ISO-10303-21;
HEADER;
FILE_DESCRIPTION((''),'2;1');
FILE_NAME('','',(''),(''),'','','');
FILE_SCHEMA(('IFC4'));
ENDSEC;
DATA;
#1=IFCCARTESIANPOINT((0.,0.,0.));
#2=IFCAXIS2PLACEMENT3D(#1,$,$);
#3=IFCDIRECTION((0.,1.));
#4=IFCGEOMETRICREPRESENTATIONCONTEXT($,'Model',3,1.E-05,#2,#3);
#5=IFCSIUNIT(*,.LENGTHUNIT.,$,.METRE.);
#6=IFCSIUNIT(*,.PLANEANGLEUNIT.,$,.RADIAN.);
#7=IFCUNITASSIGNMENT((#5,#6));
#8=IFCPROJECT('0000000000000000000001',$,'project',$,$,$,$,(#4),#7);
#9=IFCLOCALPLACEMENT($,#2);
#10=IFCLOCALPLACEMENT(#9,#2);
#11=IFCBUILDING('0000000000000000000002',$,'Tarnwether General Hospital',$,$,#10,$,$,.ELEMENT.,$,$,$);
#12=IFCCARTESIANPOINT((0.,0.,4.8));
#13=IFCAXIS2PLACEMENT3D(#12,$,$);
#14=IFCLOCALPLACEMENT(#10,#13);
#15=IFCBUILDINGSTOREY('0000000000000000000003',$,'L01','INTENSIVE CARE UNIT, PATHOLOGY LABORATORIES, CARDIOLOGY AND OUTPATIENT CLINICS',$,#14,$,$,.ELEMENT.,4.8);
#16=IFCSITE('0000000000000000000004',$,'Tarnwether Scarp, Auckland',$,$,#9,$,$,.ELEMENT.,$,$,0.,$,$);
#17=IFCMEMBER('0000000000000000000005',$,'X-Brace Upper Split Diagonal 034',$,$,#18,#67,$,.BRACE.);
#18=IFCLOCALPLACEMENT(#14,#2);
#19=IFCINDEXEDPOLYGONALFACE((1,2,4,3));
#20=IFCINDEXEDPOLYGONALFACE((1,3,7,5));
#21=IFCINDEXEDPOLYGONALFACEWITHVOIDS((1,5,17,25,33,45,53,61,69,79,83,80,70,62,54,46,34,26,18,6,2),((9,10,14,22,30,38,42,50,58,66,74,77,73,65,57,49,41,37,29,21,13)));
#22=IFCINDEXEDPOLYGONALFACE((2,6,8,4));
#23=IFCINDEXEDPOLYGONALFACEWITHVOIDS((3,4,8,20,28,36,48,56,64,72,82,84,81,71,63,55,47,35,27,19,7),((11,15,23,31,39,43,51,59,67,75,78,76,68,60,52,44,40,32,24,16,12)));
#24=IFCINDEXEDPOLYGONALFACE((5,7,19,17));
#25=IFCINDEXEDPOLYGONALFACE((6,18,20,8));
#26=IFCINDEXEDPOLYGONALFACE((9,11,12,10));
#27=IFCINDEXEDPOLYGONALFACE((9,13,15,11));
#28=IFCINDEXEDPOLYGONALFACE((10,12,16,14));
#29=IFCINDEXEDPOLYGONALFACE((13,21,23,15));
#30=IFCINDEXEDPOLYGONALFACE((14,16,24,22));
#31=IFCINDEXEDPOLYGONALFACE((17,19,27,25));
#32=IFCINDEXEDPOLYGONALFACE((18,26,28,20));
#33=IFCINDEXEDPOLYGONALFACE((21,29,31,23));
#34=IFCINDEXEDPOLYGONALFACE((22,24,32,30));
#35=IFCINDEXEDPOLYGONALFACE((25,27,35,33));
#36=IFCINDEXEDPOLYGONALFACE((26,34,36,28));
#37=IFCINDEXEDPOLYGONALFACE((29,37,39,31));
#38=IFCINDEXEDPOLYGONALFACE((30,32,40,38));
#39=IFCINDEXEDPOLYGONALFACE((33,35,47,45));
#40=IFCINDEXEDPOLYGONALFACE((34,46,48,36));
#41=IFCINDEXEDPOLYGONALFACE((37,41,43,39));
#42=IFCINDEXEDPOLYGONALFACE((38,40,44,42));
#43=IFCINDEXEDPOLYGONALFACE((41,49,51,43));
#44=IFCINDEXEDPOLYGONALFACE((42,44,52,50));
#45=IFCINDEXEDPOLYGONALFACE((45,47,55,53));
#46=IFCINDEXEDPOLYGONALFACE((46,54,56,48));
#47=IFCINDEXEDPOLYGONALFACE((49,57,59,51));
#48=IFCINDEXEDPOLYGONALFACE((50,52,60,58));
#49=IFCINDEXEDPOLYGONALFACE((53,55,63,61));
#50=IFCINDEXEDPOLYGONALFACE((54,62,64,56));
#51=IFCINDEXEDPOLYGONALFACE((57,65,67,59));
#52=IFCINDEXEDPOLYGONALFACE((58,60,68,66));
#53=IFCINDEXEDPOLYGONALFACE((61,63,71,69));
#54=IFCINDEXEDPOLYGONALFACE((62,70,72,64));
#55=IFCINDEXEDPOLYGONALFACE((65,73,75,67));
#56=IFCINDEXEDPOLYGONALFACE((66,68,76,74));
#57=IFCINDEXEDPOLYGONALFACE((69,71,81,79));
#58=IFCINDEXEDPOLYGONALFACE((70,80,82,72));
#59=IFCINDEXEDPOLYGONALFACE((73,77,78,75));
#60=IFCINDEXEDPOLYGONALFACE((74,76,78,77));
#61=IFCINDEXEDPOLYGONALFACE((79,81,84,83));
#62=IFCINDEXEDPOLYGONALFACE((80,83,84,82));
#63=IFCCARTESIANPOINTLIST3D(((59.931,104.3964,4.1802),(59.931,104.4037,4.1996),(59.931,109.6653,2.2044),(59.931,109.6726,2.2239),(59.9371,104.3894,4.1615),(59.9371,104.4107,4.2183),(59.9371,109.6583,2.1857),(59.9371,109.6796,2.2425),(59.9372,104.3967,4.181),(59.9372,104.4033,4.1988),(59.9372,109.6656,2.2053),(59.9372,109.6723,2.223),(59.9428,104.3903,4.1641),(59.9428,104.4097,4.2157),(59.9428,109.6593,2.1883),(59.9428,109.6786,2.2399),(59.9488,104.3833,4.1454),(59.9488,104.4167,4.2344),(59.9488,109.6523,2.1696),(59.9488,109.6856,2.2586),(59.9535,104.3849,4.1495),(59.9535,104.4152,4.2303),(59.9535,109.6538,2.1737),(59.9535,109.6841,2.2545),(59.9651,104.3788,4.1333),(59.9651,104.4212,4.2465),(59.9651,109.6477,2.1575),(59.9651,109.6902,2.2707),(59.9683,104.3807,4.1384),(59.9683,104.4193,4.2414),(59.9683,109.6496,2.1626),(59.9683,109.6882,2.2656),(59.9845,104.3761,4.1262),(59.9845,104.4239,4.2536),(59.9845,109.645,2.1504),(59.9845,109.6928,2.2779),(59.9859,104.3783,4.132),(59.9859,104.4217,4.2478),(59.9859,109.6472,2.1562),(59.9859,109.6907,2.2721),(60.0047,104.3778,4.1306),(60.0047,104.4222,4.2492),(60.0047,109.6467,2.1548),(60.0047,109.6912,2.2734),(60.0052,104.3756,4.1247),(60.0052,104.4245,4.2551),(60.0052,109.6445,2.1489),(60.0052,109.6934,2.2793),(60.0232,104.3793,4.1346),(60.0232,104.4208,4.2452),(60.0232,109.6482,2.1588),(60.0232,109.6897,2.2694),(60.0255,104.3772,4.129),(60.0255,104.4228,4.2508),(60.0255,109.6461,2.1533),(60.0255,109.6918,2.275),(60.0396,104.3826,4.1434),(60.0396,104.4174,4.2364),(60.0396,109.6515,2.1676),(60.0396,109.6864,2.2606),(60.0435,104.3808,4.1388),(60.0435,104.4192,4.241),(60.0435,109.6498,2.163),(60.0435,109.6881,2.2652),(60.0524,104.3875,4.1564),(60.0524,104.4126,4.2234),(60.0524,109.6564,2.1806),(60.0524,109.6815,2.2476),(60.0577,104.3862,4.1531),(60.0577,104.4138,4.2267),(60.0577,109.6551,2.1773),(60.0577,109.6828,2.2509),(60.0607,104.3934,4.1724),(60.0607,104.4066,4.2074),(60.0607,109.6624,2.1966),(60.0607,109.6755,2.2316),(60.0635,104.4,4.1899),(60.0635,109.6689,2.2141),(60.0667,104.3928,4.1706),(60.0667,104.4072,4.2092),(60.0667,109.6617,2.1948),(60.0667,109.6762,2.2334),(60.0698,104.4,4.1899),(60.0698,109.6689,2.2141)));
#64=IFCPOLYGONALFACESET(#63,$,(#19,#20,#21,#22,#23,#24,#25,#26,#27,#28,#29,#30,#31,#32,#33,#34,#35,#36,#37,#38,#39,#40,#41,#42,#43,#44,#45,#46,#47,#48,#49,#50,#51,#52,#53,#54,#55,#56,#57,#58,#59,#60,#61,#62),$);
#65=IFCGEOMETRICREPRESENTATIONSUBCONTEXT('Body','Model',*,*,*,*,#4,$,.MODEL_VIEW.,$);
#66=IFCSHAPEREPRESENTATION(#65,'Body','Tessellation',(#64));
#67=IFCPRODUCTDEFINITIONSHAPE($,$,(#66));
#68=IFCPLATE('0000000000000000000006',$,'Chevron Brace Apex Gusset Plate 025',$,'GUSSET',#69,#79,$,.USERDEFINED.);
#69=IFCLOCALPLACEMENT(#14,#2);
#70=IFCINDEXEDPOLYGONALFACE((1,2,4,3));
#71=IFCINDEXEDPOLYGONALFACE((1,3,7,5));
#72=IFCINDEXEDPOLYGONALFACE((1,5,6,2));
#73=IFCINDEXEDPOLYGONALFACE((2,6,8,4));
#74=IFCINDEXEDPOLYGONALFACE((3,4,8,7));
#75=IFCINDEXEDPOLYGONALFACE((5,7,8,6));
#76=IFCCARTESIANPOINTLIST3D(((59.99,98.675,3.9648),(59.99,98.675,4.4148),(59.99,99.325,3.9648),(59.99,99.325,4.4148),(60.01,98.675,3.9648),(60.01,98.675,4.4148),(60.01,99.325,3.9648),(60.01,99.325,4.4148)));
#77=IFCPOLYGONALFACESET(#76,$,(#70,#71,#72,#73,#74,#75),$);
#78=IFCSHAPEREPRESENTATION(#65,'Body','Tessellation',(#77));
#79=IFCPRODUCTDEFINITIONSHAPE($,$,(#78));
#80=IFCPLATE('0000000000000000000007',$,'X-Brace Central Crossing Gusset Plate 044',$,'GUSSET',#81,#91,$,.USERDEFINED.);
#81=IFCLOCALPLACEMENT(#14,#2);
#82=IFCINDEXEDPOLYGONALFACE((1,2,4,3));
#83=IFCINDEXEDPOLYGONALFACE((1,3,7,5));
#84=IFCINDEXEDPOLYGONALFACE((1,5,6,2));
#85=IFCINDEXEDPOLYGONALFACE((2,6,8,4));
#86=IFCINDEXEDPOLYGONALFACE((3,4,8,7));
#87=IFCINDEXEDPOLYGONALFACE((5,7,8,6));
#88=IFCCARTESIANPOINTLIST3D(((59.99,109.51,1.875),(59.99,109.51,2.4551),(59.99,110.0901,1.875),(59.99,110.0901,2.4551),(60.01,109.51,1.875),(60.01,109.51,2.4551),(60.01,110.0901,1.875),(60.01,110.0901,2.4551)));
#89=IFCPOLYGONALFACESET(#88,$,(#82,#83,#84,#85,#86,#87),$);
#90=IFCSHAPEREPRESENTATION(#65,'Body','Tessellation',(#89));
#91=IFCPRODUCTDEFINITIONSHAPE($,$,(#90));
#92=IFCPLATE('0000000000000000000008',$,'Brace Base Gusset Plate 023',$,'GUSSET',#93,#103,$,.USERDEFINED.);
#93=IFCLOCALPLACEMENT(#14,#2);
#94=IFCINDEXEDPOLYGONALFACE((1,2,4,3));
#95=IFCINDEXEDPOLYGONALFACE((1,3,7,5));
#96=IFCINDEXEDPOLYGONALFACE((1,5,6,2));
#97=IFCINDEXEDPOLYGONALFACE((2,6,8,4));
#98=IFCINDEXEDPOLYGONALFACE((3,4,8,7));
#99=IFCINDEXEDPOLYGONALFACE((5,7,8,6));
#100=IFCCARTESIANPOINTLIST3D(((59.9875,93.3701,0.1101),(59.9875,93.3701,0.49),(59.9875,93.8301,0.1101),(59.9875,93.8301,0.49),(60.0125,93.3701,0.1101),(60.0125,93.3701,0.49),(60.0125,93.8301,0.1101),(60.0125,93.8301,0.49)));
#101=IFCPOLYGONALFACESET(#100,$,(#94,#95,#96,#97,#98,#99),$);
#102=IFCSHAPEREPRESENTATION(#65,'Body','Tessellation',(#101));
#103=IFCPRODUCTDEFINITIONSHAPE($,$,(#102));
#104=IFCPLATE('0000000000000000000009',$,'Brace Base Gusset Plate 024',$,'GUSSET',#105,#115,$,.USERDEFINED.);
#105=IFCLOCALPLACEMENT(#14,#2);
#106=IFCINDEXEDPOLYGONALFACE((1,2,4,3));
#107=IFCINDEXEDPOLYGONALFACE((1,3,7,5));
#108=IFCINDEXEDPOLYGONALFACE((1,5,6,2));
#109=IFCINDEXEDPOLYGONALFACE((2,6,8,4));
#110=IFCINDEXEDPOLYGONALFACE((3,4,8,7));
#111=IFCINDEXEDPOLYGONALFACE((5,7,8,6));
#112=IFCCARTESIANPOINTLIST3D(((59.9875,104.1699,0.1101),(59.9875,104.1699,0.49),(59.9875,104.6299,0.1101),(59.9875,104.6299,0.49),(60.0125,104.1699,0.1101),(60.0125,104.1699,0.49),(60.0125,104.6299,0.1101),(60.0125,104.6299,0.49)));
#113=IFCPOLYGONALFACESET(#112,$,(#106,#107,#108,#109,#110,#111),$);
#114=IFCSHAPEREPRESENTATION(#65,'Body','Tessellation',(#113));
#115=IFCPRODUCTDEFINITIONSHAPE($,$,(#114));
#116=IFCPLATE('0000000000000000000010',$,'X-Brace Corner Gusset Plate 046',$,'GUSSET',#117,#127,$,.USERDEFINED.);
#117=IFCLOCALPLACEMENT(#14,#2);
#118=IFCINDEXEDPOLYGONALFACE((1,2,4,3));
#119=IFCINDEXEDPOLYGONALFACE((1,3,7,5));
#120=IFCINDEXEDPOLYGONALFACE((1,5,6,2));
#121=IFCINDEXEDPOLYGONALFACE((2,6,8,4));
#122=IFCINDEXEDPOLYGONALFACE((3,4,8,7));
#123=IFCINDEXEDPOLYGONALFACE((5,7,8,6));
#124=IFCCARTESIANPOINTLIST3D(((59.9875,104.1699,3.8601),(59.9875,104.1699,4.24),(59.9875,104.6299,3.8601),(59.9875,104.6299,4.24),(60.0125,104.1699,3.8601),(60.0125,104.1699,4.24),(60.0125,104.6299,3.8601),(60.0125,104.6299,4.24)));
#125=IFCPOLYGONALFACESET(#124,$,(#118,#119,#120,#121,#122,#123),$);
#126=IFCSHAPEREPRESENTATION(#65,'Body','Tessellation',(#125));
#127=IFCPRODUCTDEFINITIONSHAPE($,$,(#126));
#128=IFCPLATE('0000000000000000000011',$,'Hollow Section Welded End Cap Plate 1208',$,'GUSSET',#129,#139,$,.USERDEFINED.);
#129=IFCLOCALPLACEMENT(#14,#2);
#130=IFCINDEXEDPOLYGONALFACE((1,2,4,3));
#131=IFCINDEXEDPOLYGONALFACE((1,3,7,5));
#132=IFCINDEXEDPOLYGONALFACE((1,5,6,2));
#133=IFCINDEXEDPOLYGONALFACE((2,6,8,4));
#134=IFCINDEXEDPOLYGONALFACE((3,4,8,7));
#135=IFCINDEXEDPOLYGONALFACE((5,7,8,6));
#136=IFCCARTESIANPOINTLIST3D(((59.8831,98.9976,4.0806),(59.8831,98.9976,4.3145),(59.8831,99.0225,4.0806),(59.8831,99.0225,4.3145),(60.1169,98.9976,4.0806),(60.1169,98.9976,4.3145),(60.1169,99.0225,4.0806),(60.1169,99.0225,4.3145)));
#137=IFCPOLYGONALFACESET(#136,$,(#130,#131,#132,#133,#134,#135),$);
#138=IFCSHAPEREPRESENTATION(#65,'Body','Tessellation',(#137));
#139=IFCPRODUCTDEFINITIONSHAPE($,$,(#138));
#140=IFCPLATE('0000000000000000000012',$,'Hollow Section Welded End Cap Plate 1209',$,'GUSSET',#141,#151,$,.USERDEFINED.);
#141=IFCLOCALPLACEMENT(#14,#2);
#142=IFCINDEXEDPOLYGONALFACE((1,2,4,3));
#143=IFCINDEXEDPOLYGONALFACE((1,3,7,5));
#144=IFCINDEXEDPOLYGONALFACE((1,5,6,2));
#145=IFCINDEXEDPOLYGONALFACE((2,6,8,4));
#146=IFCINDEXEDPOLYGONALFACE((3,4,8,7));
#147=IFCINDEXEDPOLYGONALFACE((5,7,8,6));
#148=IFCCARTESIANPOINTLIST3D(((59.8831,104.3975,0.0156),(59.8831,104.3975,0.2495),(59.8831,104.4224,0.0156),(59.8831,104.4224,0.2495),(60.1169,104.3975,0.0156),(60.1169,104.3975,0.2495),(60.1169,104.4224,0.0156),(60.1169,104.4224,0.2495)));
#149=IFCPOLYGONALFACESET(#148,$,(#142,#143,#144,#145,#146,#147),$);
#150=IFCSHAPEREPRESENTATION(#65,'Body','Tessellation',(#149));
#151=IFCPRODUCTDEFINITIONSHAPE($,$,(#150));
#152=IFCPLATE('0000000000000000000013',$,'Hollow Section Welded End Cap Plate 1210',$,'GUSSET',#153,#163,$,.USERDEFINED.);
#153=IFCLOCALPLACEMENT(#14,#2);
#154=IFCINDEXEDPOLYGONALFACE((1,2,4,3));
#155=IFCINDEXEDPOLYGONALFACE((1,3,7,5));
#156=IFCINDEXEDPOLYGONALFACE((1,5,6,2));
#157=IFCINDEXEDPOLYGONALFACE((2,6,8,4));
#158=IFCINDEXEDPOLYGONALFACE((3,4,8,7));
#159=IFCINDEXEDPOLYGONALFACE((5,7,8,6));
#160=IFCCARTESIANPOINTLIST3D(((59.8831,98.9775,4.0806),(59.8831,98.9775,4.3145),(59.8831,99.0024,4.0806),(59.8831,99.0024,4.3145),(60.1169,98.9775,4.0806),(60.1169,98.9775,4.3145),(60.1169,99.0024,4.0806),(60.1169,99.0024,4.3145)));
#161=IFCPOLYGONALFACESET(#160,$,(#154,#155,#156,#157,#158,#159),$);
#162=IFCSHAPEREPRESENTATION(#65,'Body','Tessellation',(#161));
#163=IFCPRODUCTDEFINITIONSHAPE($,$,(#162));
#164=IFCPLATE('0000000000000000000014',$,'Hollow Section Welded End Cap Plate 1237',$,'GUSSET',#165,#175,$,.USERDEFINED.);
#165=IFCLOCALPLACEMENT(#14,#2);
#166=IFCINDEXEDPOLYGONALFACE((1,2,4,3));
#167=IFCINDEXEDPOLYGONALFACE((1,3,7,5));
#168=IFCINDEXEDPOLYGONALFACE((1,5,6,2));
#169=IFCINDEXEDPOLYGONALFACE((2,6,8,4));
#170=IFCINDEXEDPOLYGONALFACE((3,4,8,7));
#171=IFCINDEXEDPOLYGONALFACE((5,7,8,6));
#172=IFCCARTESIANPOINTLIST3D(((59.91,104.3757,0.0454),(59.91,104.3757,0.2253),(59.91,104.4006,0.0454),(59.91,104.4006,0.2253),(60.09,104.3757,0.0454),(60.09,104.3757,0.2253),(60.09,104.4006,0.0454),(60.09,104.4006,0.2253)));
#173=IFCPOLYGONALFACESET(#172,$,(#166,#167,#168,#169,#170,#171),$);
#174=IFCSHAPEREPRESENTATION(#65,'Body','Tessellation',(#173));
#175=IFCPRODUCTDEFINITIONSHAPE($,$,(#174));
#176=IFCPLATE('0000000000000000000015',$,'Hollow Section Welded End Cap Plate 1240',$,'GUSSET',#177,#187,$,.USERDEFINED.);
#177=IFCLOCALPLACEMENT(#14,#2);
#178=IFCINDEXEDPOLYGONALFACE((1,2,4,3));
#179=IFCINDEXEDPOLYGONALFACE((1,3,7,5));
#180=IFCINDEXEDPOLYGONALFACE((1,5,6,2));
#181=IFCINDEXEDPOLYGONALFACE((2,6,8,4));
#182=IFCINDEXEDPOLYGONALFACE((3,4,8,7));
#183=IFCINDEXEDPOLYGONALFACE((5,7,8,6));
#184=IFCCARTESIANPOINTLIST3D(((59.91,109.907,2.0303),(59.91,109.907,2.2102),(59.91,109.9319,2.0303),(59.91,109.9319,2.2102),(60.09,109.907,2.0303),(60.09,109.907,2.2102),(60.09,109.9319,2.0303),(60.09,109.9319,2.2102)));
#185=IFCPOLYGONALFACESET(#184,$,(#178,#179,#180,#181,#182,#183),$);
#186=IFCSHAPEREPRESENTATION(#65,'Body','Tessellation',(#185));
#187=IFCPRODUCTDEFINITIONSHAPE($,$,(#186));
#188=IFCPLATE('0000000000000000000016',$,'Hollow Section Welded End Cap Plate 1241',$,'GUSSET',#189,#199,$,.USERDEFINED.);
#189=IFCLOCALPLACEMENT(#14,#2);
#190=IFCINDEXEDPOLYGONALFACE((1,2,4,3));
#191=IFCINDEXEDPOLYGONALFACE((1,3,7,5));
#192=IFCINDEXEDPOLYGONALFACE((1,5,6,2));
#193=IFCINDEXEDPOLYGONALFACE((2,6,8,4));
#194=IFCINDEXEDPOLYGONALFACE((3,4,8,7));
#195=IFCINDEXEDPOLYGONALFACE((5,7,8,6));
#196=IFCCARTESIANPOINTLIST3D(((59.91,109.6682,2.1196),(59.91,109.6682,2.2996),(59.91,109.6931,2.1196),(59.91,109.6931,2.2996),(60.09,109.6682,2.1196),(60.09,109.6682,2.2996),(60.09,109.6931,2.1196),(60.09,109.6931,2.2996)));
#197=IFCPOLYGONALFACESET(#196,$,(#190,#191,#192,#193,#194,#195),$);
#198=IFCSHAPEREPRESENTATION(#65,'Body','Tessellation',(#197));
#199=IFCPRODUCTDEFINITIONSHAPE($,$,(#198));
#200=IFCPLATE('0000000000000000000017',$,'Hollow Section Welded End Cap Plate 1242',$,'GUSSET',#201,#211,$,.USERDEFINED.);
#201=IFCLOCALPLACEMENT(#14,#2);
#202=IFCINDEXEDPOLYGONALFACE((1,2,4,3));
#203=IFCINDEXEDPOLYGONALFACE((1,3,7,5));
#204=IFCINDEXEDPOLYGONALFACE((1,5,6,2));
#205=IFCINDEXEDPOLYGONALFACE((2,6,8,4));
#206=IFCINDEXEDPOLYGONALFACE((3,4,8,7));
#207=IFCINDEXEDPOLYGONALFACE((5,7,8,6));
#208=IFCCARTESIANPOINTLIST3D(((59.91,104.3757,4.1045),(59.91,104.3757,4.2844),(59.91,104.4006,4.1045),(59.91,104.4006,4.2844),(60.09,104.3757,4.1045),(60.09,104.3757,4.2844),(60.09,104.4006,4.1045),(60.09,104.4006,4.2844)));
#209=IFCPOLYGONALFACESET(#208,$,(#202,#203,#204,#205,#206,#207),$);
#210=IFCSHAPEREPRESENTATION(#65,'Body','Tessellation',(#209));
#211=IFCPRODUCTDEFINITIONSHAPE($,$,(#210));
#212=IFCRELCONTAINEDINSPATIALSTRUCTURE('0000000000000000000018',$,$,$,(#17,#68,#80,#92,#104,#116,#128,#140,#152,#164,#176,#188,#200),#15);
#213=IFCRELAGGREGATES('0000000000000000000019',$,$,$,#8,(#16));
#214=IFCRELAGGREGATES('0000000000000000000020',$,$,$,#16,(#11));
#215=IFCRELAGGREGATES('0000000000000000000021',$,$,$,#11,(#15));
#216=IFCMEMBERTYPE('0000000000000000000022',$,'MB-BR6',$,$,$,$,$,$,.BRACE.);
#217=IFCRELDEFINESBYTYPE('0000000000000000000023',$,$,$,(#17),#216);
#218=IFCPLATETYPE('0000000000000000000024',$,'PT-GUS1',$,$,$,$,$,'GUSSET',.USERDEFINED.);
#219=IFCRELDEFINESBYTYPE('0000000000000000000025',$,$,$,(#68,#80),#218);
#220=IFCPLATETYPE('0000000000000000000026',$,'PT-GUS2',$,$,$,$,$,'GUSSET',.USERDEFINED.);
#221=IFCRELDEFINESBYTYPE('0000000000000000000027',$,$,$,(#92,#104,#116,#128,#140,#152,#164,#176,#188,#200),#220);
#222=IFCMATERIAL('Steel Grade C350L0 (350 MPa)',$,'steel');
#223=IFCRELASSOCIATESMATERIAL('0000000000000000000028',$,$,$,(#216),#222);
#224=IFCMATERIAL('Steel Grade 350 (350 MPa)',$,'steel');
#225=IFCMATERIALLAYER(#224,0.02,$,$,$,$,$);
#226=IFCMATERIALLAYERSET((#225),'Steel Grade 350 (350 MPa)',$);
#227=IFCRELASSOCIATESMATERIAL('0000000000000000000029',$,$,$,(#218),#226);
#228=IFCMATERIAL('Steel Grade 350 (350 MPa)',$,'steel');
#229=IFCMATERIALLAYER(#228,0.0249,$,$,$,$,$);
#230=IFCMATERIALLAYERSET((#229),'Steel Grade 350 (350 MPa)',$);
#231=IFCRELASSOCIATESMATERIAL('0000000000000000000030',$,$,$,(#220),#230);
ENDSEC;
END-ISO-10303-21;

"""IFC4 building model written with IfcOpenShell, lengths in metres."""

from ifc_helpers import new_model, si_unit, direction, frame, origin, origin_2d, place, context, subcontext, project, spatial, rectangle, hollow_circle, extrude, material, layer, layer_set, material_profile, profile_set, type_object, element, save


model = new_model("IFC4")

# Units and contexts
model_context = context("Model", 3, precision=1e-05, world=origin(), true_north=direction((0.0, 1.0)))
body_context = subcontext(model_context, "Body", "Model", "MODEL_VIEW")
ifc_project = project(units=[si_unit("LENGTHUNIT", "METRE"), si_unit("PLANEANGLEUNIT", "RADIAN")], contexts=[model_context])

# Site, building, storey
site_placement = place(None, origin())
site = spatial("IfcSite", under=ifc_project, at=site_placement, Name="Tarnwether Scarp, Auckland", CompositionType="ELEMENT", RefElevation=0.0)
building_placement = place(site_placement, origin())
building = spatial("IfcBuilding", under=site, at=building_placement, Name="Tarnwether General Hospital", CompositionType="ELEMENT")
storey_placement = place(building_placement, frame((0.0, 0.0, 4.8)))
storey = spatial("IfcBuildingStorey", under=building, at=storey_placement, Name="L01", Description="INTENSIVE CARE UNIT, PATHOLOGY LABORATORIES, CARDIOLOGY AND OUTPATIENT CLINICS", CompositionType="ELEMENT", Elevation=4.8)

# Member
ifc_material_1 = material(Name="Steel Grade C350L0 (350 MPa)", Category="steel")
ifc_material_profile_1 = material_profile(ifc_material_1, hollow_circle(Radius=0.0698, WallThickness=0.0063, at=origin_2d()), Name="CHS139.7x6.4")
ifc_profile_set_1 = profile_set([ifc_material_profile_1], Name="Steel Grade C350L0 (350 MPa)")
member_type_1 = type_object("IfcMemberType", Name="MB-BR6", PredefinedType="BRACE", material=ifc_profile_set_1)
member_1_placement = place(storey_placement, frame((60.0, 109.6689, 2.2141), z_axis=(0.0, -0.936333, 0.351114), x_axis=(1.0, 0.0, 0.0)))
element("IfcMember", 1, at=member_1_placement, inside=storey, type_object=member_type_1, Name="X-Brace Upper Split Diagonal 034", PredefinedType="BRACE", context=body_context, shape_type="SweptSolid", body=[
    extrude(hollow_circle(Radius=0.0698, WallThickness=0.0063, at=origin_2d()), origin(), (0.0, 0.0, 1.0), 5.6272),
])

# Plates
ifc_material_2 = material(Name="Steel Grade 350 (350 MPa)", Category="steel")
ifc_layer_1 = layer(ifc_material_2, 0.02)
ifc_layer_set_1 = layer_set([ifc_layer_1], Name="Steel Grade 350 (350 MPa)")
plate_type_1 = type_object("IfcPlateType", Name="PT-GUS1", ElementType="GUSSET", PredefinedType="USERDEFINED", material=ifc_layer_set_1)
plate_1_placement = place(storey_placement, frame((60.0, 99.0, 3.9648), z_axis=(0.0, 0.0, 1.0), x_axis=(0.0, 1.0, 0.0)))
element("IfcPlate", 2, at=plate_1_placement, inside=storey, type_object=plate_type_1, Name="Chevron Brace Apex Gusset Plate 025", ObjectType="GUSSET", PredefinedType="USERDEFINED", context=body_context, shape_type="SweptSolid", body=[
    extrude(rectangle(XDim=0.6499, YDim=0.02, at=origin_2d()), origin(), (0.0, 0.0, 1.0), 0.45),
])
plate_2_placement = place(storey_placement, frame((60.0, 109.8, 1.875), z_axis=(0.0, 0.0, 1.0), x_axis=(0.0, 1.0, 0.0)))
element("IfcPlate", 3, at=plate_2_placement, inside=storey, type_object=plate_type_1, Name="X-Brace Central Crossing Gusset Plate 044", ObjectType="GUSSET", PredefinedType="USERDEFINED", context=body_context, shape_type="SweptSolid", body=[
    extrude(rectangle(XDim=0.5801, YDim=0.02, at=origin_2d()), origin(), (0.0, 0.0, 1.0), 0.5801),
])
ifc_material_3 = material(Name="Steel Grade 350 (350 MPa)", Category="steel")
ifc_layer_2 = layer(ifc_material_3, 0.0249)
ifc_layer_set_2 = layer_set([ifc_layer_2], Name="Steel Grade 350 (350 MPa)")
plate_type_2 = type_object("IfcPlateType", Name="PT-GUS2", ElementType="GUSSET", PredefinedType="USERDEFINED", material=ifc_layer_set_2)
for number, where, z_axis, x_axis, name in (
    (4, (60.0, 93.6001, 0.1101), (0.0, 0.0, 1.0), (0.0, 1.0, 0.0), "Brace Base Gusset Plate 023"),
    (5, (60.0, 104.3999, 0.1101), (0.0, 0.0, 1.0), (0.0, 1.0, 0.0), "Brace Base Gusset Plate 024"),
    (6, (60.0, 104.3999, 3.8601), (0.0, 0.0, 1.0), (0.0, 1.0, 0.0), "X-Brace Corner Gusset Plate 046"),
):
    element("IfcPlate", number, at=place(storey_placement, frame(where, z_axis=z_axis, x_axis=x_axis)), inside=storey, type_object=plate_type_2, Name=name, ObjectType="GUSSET", PredefinedType="USERDEFINED", context=body_context, shape_type="SweptSolid", body=[
        extrude(rectangle(XDim=0.46, YDim=0.0249, at=origin_2d()), origin(), (0.0, 0.0, 1.0), 0.3799),
    ])
for number, where, z_axis, x_axis, name in (
    (7, (60.0, 99.01, 4.0806), (0.0, 0.0, 1.0), (0.0, 1.0, 0.0), "Hollow Section Welded End Cap Plate 1208"),
    (8, (60.0, 104.4099, 0.0156), (0.0, 0.0, 1.0), (0.0, -1.0, 0.0), "Hollow Section Welded End Cap Plate 1209"),
    (9, (60.0, 98.99, 4.0806), (0.0, 0.0, 1.0), (0.0, -1.0, 0.0), "Hollow Section Welded End Cap Plate 1210"),
):
    element("IfcPlate", number, at=place(storey_placement, frame(where, z_axis=z_axis, x_axis=x_axis)), inside=storey, type_object=plate_type_2, Name=name, ObjectType="GUSSET", PredefinedType="USERDEFINED", context=body_context, shape_type="SweptSolid", body=[
        extrude(rectangle(XDim=0.0249, YDim=0.2339, at=origin_2d()), origin(), (0.0, 0.0, 1.0), 0.2339),
    ])
for number, where, z_axis, x_axis, name in (
    (10, (60.0, 104.3882, 0.0454), (0.0, 0.0, 1.0), (0.0, 1.0, 0.0), "Hollow Section Welded End Cap Plate 1237"),
    (11, (60.0, 109.9194, 2.0303), (0.0, 0.0, 1.0), (0.0, -1.0, 0.0), "Hollow Section Welded End Cap Plate 1240"),
    (12, (60.0, 109.6807, 2.1196), (0.0, 0.0, 1.0), (0.0, -1.0, 0.0), "Hollow Section Welded End Cap Plate 1241"),
    (13, (60.0, 104.3882, 4.1045), (0.0, 0.0, 1.0), (0.0, -1.0, 0.0), "Hollow Section Welded End Cap Plate 1242"),
):
    element("IfcPlate", number, at=place(storey_placement, frame(where, z_axis=z_axis, x_axis=x_axis)), inside=storey, type_object=plate_type_2, Name=name, ObjectType="GUSSET", PredefinedType="USERDEFINED", context=body_context, shape_type="SweptSolid", body=[
        extrude(rectangle(XDim=0.0249, YDim=0.1799, at=origin_2d()), origin(), (0.0, 0.0, 1.0), 0.1799),
    ])

save(model, "model.ifc")
